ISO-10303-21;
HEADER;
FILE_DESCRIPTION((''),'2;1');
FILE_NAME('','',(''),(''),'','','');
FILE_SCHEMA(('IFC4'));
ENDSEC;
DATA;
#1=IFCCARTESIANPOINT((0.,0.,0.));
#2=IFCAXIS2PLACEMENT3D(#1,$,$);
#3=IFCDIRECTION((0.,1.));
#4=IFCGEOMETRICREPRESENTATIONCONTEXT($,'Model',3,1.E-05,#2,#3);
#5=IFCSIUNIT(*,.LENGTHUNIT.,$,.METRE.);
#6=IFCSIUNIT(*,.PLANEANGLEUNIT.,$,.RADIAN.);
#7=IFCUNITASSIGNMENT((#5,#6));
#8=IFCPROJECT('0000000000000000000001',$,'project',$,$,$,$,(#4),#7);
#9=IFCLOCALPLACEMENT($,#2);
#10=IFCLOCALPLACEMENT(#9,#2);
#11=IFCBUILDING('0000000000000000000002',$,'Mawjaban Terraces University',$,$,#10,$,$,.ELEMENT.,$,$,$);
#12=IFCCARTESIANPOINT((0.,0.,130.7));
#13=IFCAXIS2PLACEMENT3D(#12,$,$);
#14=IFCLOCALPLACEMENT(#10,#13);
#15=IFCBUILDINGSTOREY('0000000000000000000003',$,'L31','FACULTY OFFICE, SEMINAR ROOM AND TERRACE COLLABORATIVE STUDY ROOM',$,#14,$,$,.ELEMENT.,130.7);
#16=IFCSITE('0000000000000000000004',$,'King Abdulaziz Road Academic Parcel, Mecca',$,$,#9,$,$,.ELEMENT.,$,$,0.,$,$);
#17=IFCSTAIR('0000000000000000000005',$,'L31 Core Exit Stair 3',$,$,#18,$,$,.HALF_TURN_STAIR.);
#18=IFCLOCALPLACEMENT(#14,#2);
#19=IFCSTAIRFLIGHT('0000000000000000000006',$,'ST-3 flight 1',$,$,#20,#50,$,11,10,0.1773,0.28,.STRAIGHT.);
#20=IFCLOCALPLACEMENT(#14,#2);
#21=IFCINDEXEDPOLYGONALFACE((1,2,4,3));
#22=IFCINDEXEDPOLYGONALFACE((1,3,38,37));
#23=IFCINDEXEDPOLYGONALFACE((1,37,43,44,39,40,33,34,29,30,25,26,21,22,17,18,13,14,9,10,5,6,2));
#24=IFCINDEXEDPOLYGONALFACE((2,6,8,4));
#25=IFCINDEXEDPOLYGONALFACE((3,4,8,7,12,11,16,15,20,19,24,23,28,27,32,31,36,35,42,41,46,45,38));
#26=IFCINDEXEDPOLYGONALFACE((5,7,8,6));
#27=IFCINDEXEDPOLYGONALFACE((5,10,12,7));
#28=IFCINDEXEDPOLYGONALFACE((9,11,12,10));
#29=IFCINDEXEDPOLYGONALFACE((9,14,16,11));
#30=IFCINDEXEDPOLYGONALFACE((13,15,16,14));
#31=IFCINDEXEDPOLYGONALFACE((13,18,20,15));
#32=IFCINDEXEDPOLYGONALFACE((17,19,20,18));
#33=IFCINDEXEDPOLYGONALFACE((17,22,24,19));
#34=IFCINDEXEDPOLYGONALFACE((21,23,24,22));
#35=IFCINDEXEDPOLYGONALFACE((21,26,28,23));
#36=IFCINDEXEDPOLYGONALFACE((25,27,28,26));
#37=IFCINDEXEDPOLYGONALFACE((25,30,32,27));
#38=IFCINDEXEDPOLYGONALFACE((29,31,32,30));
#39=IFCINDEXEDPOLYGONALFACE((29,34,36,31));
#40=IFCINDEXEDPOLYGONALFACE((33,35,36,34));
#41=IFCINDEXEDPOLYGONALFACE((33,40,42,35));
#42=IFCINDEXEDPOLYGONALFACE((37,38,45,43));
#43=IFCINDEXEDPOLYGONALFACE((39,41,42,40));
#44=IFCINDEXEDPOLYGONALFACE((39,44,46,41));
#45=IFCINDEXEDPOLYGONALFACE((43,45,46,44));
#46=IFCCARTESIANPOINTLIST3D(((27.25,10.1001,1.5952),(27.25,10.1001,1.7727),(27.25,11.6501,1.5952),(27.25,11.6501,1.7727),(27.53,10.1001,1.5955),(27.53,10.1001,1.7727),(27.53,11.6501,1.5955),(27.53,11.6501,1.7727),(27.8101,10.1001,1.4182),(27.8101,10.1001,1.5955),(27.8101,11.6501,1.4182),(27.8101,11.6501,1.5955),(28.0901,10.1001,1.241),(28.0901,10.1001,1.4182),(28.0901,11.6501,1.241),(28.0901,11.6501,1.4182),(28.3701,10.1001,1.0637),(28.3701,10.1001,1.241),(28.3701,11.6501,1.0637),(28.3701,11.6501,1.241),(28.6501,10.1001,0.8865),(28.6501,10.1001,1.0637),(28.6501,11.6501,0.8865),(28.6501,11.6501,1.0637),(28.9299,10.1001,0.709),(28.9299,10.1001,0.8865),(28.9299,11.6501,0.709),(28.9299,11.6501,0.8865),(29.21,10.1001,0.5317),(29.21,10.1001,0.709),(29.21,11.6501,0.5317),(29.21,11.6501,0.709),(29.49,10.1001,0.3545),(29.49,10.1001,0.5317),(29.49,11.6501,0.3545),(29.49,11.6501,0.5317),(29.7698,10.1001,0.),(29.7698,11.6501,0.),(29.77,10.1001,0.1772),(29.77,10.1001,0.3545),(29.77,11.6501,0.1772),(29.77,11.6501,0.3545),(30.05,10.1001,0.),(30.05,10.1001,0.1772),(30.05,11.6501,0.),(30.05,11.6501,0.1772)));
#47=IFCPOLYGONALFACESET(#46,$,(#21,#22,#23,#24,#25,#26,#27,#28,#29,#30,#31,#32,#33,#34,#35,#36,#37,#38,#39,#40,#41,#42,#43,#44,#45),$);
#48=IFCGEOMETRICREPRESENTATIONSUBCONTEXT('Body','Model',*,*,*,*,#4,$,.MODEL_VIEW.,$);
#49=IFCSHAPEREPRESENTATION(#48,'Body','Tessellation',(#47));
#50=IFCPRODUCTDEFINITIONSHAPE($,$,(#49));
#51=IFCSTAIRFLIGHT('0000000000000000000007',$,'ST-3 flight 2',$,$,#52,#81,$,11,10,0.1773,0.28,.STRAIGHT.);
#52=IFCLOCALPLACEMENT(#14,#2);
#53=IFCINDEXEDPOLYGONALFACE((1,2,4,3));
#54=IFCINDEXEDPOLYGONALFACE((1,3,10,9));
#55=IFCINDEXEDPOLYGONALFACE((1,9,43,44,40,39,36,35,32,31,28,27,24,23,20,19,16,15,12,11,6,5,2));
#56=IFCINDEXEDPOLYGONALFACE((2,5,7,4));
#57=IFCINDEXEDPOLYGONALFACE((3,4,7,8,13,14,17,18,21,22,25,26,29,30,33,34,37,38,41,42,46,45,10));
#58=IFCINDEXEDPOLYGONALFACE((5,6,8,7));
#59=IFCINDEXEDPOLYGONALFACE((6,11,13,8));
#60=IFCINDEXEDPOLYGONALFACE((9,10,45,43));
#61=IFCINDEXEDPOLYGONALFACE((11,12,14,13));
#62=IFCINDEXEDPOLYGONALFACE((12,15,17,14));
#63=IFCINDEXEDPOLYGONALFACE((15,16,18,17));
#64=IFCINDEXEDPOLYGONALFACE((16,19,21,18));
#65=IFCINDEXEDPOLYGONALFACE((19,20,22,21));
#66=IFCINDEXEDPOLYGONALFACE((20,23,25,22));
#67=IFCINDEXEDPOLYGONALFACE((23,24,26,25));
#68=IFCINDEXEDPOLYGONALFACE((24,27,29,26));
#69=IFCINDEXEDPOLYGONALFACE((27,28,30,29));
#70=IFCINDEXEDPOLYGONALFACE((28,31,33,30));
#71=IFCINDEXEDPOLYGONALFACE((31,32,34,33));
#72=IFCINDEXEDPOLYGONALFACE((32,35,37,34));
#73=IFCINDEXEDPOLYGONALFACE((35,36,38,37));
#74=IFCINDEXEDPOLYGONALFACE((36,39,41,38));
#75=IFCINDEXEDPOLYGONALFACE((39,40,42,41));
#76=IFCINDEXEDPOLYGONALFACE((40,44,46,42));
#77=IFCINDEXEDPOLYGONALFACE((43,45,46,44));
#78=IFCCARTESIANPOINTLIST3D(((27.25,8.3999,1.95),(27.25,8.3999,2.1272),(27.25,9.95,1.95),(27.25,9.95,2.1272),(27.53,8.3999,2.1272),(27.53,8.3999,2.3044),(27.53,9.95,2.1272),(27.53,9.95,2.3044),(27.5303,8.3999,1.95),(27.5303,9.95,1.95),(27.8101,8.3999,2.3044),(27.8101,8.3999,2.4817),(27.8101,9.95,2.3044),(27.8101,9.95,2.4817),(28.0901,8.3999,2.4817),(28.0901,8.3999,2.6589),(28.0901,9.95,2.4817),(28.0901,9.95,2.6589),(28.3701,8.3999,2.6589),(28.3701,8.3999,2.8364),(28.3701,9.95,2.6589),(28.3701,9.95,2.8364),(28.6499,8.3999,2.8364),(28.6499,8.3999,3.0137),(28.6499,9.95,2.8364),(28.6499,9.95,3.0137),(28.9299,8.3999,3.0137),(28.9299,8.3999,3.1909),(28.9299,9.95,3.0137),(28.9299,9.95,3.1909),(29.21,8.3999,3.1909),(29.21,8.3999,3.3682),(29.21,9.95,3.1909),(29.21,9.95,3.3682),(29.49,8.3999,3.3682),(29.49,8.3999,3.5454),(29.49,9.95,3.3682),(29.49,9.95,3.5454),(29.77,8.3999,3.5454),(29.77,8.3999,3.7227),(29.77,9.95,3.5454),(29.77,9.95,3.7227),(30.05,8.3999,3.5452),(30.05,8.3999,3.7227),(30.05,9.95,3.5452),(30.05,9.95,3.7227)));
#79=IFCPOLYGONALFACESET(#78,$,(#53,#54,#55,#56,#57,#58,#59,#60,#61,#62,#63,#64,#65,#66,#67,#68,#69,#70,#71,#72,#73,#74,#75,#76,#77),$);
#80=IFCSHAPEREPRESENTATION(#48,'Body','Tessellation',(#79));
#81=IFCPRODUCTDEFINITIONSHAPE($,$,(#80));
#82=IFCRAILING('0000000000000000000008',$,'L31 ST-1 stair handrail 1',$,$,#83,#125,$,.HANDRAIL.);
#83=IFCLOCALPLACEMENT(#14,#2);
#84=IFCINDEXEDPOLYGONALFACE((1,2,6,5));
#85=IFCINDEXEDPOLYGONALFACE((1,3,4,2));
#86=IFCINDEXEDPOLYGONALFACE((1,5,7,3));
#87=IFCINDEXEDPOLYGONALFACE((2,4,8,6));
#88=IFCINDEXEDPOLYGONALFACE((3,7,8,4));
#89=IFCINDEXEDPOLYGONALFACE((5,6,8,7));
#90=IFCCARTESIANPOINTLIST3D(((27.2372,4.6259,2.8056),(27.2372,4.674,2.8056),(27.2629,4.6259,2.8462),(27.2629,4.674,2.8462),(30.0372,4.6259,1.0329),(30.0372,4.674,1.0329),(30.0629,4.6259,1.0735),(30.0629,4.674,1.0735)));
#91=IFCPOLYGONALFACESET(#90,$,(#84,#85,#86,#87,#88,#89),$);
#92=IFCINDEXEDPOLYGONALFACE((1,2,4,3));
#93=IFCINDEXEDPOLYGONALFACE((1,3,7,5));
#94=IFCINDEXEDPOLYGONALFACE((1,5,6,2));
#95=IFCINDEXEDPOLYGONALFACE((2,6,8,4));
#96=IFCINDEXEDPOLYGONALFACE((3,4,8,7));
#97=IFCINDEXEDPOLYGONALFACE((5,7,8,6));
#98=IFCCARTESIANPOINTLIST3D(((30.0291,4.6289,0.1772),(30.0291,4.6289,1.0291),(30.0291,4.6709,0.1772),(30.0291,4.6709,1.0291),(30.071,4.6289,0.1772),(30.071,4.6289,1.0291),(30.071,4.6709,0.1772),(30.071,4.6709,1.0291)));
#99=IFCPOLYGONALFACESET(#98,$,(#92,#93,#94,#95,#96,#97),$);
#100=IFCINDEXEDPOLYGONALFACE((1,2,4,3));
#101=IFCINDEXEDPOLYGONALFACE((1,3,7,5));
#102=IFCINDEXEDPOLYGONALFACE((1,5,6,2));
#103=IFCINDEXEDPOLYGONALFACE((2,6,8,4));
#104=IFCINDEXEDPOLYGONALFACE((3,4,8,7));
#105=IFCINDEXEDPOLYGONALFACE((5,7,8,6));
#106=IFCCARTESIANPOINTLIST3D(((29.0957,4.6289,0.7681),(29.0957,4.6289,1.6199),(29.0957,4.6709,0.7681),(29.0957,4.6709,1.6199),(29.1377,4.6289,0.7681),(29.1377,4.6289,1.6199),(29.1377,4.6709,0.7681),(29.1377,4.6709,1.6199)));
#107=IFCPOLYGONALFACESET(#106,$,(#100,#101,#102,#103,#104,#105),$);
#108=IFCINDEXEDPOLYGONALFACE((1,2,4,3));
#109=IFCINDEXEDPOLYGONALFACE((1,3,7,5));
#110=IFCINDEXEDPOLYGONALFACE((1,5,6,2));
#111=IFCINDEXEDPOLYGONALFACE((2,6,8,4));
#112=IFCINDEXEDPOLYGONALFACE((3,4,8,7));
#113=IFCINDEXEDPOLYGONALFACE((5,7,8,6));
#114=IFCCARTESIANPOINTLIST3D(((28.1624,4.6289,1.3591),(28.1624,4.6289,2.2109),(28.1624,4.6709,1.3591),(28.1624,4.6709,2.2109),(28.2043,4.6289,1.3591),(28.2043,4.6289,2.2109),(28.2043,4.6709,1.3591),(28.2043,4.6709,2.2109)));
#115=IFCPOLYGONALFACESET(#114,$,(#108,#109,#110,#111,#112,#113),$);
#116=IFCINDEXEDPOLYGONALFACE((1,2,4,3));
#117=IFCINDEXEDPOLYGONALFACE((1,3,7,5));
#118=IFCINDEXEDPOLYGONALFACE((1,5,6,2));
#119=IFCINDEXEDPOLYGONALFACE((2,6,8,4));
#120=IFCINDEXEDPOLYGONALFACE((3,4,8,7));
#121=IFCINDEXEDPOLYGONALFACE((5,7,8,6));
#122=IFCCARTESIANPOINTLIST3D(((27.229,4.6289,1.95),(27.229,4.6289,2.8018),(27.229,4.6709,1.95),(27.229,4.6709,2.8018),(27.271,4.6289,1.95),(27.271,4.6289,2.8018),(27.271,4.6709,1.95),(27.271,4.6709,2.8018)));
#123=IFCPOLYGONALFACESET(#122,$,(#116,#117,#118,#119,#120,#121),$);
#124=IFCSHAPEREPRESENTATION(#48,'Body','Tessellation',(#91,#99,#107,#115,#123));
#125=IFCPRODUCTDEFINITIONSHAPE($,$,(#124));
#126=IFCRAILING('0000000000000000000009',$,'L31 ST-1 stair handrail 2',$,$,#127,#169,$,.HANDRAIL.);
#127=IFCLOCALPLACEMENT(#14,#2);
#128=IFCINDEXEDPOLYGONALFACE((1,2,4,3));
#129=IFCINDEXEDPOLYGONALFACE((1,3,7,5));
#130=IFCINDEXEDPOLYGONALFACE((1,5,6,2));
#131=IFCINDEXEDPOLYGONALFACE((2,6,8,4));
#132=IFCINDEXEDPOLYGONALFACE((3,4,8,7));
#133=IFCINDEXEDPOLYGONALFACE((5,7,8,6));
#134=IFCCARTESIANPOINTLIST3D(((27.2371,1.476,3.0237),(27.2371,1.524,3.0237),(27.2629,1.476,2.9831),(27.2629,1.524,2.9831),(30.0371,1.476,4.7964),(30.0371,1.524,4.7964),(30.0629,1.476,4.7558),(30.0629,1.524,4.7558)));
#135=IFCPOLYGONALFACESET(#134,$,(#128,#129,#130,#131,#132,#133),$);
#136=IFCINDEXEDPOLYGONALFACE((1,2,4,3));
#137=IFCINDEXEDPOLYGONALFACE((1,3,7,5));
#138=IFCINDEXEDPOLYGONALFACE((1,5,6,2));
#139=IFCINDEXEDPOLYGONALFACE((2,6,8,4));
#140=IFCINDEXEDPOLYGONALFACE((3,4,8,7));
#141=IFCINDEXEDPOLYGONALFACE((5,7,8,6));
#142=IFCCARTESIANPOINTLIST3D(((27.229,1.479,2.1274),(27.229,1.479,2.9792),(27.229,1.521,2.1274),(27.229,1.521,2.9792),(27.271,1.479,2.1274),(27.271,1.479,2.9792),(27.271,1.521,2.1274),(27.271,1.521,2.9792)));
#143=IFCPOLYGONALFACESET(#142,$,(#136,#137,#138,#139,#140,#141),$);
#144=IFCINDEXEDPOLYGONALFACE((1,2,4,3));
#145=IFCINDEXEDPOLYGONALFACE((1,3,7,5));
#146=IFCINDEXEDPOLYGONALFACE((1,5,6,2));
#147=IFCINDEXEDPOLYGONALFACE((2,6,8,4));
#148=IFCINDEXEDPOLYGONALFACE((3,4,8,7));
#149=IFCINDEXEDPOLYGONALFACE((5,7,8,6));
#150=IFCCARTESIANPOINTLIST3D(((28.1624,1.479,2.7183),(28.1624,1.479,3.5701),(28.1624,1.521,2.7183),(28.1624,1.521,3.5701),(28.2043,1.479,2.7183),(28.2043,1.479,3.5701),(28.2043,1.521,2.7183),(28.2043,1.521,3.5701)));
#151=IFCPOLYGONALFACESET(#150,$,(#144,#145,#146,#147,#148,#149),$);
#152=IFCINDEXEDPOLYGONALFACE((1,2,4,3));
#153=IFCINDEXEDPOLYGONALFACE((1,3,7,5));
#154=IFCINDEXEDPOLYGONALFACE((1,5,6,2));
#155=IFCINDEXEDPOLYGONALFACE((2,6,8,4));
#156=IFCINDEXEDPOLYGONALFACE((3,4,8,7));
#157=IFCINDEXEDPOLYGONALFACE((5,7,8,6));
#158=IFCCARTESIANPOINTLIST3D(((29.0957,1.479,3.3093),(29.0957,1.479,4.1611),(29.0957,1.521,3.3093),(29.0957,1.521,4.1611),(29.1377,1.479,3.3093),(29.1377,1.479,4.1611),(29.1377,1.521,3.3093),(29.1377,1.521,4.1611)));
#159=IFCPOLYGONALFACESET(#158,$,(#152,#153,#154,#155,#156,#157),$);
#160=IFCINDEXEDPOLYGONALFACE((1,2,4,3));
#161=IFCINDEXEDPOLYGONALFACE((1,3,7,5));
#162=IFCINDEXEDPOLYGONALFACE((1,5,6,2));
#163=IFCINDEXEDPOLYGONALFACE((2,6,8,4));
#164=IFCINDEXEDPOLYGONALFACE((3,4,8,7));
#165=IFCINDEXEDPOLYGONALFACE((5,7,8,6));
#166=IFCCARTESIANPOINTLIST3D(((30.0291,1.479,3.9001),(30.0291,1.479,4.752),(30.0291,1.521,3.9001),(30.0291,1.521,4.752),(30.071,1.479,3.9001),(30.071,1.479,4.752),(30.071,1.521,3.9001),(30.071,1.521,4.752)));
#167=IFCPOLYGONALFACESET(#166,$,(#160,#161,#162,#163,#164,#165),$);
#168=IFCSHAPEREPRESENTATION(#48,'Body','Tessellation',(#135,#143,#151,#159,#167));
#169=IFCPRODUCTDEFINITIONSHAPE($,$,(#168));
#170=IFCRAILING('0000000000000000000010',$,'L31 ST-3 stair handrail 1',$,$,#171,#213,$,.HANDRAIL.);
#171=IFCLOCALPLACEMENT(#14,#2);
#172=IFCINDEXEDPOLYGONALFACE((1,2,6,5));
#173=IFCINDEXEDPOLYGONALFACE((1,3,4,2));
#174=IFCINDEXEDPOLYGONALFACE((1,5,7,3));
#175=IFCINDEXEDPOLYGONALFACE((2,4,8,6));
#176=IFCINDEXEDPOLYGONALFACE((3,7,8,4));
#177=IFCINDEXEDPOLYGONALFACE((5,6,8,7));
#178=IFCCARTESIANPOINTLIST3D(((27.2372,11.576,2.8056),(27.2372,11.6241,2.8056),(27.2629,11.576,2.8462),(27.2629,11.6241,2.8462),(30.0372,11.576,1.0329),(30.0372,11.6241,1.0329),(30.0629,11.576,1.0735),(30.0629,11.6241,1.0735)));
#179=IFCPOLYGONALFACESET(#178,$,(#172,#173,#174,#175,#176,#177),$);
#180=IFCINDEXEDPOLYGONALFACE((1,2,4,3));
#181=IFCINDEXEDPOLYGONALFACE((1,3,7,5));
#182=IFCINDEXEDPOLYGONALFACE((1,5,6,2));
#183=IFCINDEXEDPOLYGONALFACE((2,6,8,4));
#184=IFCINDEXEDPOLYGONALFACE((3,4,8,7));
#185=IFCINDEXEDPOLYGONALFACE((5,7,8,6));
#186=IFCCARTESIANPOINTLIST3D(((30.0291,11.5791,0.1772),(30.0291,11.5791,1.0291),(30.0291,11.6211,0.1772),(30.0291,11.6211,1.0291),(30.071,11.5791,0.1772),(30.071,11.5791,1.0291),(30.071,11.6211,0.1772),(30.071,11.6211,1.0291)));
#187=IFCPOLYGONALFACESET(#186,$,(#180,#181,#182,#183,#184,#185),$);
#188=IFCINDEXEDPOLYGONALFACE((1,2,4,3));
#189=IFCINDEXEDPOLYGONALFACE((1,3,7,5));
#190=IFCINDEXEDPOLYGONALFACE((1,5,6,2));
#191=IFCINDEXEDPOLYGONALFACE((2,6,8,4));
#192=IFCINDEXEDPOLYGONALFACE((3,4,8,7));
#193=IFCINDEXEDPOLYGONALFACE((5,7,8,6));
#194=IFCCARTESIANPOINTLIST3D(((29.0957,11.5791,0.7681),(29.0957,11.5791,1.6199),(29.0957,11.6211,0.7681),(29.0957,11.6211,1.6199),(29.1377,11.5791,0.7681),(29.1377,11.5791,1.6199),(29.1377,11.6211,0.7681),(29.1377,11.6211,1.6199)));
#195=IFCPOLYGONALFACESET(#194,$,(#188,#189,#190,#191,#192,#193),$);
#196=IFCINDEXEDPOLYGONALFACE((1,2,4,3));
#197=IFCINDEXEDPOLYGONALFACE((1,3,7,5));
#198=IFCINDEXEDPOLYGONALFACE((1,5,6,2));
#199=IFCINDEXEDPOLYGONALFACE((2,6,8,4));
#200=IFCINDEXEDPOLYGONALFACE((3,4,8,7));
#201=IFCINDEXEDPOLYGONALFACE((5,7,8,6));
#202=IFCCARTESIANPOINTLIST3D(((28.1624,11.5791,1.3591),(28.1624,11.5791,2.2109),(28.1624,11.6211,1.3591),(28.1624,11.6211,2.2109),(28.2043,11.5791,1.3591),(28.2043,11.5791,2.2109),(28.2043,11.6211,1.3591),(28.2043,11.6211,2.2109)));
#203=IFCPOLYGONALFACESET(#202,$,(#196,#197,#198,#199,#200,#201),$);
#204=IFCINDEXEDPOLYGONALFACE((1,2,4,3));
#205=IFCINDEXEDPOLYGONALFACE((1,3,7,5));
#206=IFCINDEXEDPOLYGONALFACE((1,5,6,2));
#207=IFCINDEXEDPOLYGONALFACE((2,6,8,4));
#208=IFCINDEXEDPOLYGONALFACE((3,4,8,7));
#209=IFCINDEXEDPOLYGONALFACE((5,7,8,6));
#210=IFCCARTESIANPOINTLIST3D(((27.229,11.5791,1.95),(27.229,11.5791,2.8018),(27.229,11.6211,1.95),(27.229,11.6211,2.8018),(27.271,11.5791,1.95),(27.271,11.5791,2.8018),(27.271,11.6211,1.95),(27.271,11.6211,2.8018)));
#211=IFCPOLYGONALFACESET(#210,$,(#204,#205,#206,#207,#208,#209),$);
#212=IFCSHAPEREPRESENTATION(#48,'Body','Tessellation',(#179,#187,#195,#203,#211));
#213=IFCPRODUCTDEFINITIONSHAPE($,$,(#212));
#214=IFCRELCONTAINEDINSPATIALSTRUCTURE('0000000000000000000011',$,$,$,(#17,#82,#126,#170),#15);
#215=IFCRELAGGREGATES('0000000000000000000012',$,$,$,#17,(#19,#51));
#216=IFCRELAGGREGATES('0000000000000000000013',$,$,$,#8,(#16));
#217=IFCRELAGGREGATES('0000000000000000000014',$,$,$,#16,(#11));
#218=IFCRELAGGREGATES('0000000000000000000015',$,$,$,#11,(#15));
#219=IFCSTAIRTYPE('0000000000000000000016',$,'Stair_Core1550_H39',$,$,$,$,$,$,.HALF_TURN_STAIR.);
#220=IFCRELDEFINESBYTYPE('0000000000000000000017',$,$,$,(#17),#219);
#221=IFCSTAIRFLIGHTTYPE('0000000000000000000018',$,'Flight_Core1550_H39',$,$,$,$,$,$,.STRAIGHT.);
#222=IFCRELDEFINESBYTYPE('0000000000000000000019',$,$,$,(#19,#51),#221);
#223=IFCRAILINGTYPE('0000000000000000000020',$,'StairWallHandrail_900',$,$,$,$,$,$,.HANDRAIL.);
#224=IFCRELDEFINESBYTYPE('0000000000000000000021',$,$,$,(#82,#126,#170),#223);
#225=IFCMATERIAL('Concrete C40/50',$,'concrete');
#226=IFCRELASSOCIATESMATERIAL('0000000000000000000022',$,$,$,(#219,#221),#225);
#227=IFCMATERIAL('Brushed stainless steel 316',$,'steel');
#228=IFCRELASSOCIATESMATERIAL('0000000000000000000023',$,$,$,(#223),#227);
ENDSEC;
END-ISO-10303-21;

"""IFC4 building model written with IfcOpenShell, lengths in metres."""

from ifc_helpers import new_model, si_unit, direction, frame, origin, origin_2d, place, context, subcontext, project, spatial, polyline, rectangle, outline, extrude, material, type_object, element, aggregate, save


model = new_model("IFC4")

# Units and contexts
model_context = context("Model", 3, precision=1e-05, world=origin(), true_north=direction((0.0, 1.0)))
body_context = subcontext(model_context, "Body", "Model", "MODEL_VIEW")
ifc_project = project(units=[si_unit("LENGTHUNIT", "METRE"), si_unit("PLANEANGLEUNIT", "RADIAN")], contexts=[model_context])

# Site, building, storey
site_placement = place(None, origin())
site = spatial("IfcSite", under=ifc_project, at=site_placement, Name="King Abdulaziz Road Academic Parcel, Mecca", CompositionType="ELEMENT", RefElevation=0.0)
building_placement = place(site_placement, origin())
building = spatial("IfcBuilding", under=site, at=building_placement, Name="Mawjaban Terraces University", CompositionType="ELEMENT")
storey_placement = place(building_placement, frame((0.0, 0.0, 130.7)))
storey = spatial("IfcBuildingStorey", under=building, at=storey_placement, Name="L31", Description="FACULTY OFFICE, SEMINAR ROOM AND TERRACE COLLABORATIVE STUDY ROOM", CompositionType="ELEMENT", Elevation=130.7)

# Stair, stair flights
ifc_material_1 = material(Name="Concrete C40/50", Category="concrete")
stair_type = type_object("IfcStairType", Name="Stair_Core1550_H39", PredefinedType="HALF_TURN_STAIR", material=ifc_material_1)
stair_flight_type = type_object("IfcStairFlightType", Name="Flight_Core1550_H39", PredefinedType="STRAIGHT", material=ifc_material_1)
stair_1_placement = place(storey_placement, origin())
stair_1 = element("IfcStair", 1, at=stair_1_placement, inside=storey, type_object=stair_type, Name="L31 Core Exit Stair 3", PredefinedType="HALF_TURN_STAIR")
stair_flight_1_placement = place(storey_placement, frame((30.05, 10.875, 0.0), z_axis=(0.0, 0.0, 1.0), x_axis=(-1.0, 0.0, 0.0)))
stair_flight_1 = element("IfcStairFlight", 2, at=stair_flight_1_placement, type_object=stair_flight_type, Name="ST-3 flight 1", NumberOfRisers=11, NumberOfTreads=10, PredefinedType="STRAIGHT", RiserHeight=0.1773, TreadLength=0.28, context=body_context, shape_type="SweptSolid", body=[
    extrude(outline(polyline([(0.0, 0.0), (0.0, 0.1772), (0.28, 0.1772), (0.28, 0.3545), (0.5601, 0.3545), (0.5601, 0.5317), (0.8401, 0.5317), (0.8401, 0.709), (1.1201, 0.709), (1.1201, 0.8865), (1.3999, 0.8865), (1.3999, 1.0637), (1.6799, 1.0637), (1.6799, 1.241), (1.96, 1.241), (1.96, 1.4182), (2.24, 1.4182), (2.24, 1.5955), (2.52, 1.5955), (2.52, 1.7727), (2.8, 1.7727), (2.8, 1.95), (2.8, 1.5952), (0.2803, 0.0), (0.0, 0.0)])), frame((0.0, 0.7749, 0.0), z_axis=(0.0, -1.0, 0.0), x_axis=(1.0, 0.0, 0.0)), (0.0, 0.0, 1.0), 1.55),
])
stair_flight_2_placement = place(storey_placement, frame((27.25, 9.175, 1.95), z_axis=(0.0, 0.0, 1.0), x_axis=(1.0, 0.0, 0.0)))
stair_flight_2 = element("IfcStairFlight", 3, at=stair_flight_2_placement, type_object=stair_flight_type, Name="ST-3 flight 2", NumberOfRisers=11, NumberOfTreads=10, PredefinedType="STRAIGHT", RiserHeight=0.1773, TreadLength=0.28, context=body_context, shape_type="SweptSolid", body=[
    extrude(outline(polyline([(0.0, 0.0), (0.0, 0.1772), (0.28, 0.1772), (0.28, 0.3545), (0.5601, 0.3545), (0.5601, 0.5317), (0.8401, 0.5317), (0.8401, 0.709), (1.1201, 0.709), (1.1201, 0.8865), (1.3999, 0.8865), (1.3999, 1.0637), (1.6799, 1.0637), (1.6799, 1.241), (1.96, 1.241), (1.96, 1.4182), (2.24, 1.4182), (2.24, 1.5955), (2.52, 1.5955), (2.52, 1.7727), (2.8, 1.7727), (2.8, 1.95), (2.8, 1.5952), (0.2803, 0.0), (0.0, 0.0)])), frame((0.0, 0.7749, 0.0), z_axis=(0.0, -1.0, 0.0), x_axis=(1.0, 0.0, 0.0)), (0.0, 0.0, 1.0), 1.55),
])
aggregate(stair_1, [stair_flight_1, stair_flight_2])

# Railings
ifc_material_2 = material(Name="Brushed stainless steel 316", Category="steel")
railing_type_1 = type_object("IfcRailingType", Name="StairWallHandrail_900", PredefinedType="HANDRAIL", material=ifc_material_2)
railing_1_placement = place(storey_placement, frame((30.05, 4.6499, 0.1772)))
element("IfcRailing", 4, at=railing_1_placement, inside=storey, type_object=railing_type_1, Name="L31 ST-1 stair handrail 1", PredefinedType="HANDRAIL", context=body_context, shape_type="SweptSolid", body=[
    extrude(rectangle(XDim=0.0481, YDim=0.0481, at=origin_2d()), frame((0.0, 0.0, 0.876), z_axis=(-0.844909, 0.0, 0.53491), x_axis=(0.0, -1.0, 0.0)), (0.0, 0.0, 1.0), 3.314),
    extrude(rectangle(XDim=0.042, YDim=0.042, at=origin_2d()), origin(), (0.0, 0.0, 1.0), 0.8518),
    extrude(rectangle(XDim=0.042, YDim=0.042, at=origin_2d()), frame((-0.9333, 0.0, 0.5908)), (0.0, 0.0, 1.0), 0.8518),
    extrude(rectangle(XDim=0.042, YDim=0.042, at=origin_2d()), frame((-1.8667, 0.0, 1.1819)), (0.0, 0.0, 1.0), 0.8518),
    extrude(rectangle(XDim=0.042, YDim=0.042, at=origin_2d()), frame((-2.8, 0.0, 1.7727)), (0.0, 0.0, 1.0), 0.8518),
])
railing_2_placement = place(storey_placement, frame((27.25, 1.5, 2.1274)))
element("IfcRailing", 5, at=railing_2_placement, inside=storey, type_object=railing_type_1, Name="L31 ST-1 stair handrail 2", PredefinedType="HANDRAIL", context=body_context, shape_type="SweptSolid", body=[
    extrude(rectangle(XDim=0.0481, YDim=0.0481, at=origin_2d()), frame((0.0, 0.0, 0.876), z_axis=(0.844909, 0.0, 0.53491), x_axis=(0.0, 1.0, 0.0)), (0.0, 0.0, 1.0), 3.314),
    extrude(rectangle(XDim=0.042, YDim=0.042, at=origin_2d()), origin(), (0.0, 0.0, 1.0), 0.8518),
    extrude(rectangle(XDim=0.042, YDim=0.042, at=origin_2d()), frame((0.9333, 0.0, 0.5908)), (0.0, 0.0, 1.0), 0.8518),
    extrude(rectangle(XDim=0.042, YDim=0.042, at=origin_2d()), frame((1.8667, 0.0, 1.1819)), (0.0, 0.0, 1.0), 0.8518),
    extrude(rectangle(XDim=0.042, YDim=0.042, at=origin_2d()), frame((2.8, 0.0, 1.7727)), (0.0, 0.0, 1.0), 0.8518),
])
railing_3_placement = place(storey_placement, frame((30.05, 11.6001, 0.1772)))
element("IfcRailing", 6, at=railing_3_placement, inside=storey, type_object=railing_type_1, Name="L31 ST-3 stair handrail 1", PredefinedType="HANDRAIL", context=body_context, shape_type="SweptSolid", body=[
    extrude(rectangle(XDim=0.0481, YDim=0.0481, at=origin_2d()), frame((0.0, 0.0, 0.876), z_axis=(-0.844909, 0.0, 0.53491), x_axis=(0.0, -1.0, 0.0)), (0.0, 0.0, 1.0), 3.314),
    extrude(rectangle(XDim=0.042, YDim=0.042, at=origin_2d()), origin(), (0.0, 0.0, 1.0), 0.8518),
    extrude(rectangle(XDim=0.042, YDim=0.042, at=origin_2d()), frame((-0.9333, 0.0, 0.5908)), (0.0, 0.0, 1.0), 0.8518),
    extrude(rectangle(XDim=0.042, YDim=0.042, at=origin_2d()), frame((-1.8667, 0.0, 1.1819)), (0.0, 0.0, 1.0), 0.8518),
    extrude(rectangle(XDim=0.042, YDim=0.042, at=origin_2d()), frame((-2.8, 0.0, 1.7727)), (0.0, 0.0, 1.0), 0.8518),
])

save(model, "model.ifc")
